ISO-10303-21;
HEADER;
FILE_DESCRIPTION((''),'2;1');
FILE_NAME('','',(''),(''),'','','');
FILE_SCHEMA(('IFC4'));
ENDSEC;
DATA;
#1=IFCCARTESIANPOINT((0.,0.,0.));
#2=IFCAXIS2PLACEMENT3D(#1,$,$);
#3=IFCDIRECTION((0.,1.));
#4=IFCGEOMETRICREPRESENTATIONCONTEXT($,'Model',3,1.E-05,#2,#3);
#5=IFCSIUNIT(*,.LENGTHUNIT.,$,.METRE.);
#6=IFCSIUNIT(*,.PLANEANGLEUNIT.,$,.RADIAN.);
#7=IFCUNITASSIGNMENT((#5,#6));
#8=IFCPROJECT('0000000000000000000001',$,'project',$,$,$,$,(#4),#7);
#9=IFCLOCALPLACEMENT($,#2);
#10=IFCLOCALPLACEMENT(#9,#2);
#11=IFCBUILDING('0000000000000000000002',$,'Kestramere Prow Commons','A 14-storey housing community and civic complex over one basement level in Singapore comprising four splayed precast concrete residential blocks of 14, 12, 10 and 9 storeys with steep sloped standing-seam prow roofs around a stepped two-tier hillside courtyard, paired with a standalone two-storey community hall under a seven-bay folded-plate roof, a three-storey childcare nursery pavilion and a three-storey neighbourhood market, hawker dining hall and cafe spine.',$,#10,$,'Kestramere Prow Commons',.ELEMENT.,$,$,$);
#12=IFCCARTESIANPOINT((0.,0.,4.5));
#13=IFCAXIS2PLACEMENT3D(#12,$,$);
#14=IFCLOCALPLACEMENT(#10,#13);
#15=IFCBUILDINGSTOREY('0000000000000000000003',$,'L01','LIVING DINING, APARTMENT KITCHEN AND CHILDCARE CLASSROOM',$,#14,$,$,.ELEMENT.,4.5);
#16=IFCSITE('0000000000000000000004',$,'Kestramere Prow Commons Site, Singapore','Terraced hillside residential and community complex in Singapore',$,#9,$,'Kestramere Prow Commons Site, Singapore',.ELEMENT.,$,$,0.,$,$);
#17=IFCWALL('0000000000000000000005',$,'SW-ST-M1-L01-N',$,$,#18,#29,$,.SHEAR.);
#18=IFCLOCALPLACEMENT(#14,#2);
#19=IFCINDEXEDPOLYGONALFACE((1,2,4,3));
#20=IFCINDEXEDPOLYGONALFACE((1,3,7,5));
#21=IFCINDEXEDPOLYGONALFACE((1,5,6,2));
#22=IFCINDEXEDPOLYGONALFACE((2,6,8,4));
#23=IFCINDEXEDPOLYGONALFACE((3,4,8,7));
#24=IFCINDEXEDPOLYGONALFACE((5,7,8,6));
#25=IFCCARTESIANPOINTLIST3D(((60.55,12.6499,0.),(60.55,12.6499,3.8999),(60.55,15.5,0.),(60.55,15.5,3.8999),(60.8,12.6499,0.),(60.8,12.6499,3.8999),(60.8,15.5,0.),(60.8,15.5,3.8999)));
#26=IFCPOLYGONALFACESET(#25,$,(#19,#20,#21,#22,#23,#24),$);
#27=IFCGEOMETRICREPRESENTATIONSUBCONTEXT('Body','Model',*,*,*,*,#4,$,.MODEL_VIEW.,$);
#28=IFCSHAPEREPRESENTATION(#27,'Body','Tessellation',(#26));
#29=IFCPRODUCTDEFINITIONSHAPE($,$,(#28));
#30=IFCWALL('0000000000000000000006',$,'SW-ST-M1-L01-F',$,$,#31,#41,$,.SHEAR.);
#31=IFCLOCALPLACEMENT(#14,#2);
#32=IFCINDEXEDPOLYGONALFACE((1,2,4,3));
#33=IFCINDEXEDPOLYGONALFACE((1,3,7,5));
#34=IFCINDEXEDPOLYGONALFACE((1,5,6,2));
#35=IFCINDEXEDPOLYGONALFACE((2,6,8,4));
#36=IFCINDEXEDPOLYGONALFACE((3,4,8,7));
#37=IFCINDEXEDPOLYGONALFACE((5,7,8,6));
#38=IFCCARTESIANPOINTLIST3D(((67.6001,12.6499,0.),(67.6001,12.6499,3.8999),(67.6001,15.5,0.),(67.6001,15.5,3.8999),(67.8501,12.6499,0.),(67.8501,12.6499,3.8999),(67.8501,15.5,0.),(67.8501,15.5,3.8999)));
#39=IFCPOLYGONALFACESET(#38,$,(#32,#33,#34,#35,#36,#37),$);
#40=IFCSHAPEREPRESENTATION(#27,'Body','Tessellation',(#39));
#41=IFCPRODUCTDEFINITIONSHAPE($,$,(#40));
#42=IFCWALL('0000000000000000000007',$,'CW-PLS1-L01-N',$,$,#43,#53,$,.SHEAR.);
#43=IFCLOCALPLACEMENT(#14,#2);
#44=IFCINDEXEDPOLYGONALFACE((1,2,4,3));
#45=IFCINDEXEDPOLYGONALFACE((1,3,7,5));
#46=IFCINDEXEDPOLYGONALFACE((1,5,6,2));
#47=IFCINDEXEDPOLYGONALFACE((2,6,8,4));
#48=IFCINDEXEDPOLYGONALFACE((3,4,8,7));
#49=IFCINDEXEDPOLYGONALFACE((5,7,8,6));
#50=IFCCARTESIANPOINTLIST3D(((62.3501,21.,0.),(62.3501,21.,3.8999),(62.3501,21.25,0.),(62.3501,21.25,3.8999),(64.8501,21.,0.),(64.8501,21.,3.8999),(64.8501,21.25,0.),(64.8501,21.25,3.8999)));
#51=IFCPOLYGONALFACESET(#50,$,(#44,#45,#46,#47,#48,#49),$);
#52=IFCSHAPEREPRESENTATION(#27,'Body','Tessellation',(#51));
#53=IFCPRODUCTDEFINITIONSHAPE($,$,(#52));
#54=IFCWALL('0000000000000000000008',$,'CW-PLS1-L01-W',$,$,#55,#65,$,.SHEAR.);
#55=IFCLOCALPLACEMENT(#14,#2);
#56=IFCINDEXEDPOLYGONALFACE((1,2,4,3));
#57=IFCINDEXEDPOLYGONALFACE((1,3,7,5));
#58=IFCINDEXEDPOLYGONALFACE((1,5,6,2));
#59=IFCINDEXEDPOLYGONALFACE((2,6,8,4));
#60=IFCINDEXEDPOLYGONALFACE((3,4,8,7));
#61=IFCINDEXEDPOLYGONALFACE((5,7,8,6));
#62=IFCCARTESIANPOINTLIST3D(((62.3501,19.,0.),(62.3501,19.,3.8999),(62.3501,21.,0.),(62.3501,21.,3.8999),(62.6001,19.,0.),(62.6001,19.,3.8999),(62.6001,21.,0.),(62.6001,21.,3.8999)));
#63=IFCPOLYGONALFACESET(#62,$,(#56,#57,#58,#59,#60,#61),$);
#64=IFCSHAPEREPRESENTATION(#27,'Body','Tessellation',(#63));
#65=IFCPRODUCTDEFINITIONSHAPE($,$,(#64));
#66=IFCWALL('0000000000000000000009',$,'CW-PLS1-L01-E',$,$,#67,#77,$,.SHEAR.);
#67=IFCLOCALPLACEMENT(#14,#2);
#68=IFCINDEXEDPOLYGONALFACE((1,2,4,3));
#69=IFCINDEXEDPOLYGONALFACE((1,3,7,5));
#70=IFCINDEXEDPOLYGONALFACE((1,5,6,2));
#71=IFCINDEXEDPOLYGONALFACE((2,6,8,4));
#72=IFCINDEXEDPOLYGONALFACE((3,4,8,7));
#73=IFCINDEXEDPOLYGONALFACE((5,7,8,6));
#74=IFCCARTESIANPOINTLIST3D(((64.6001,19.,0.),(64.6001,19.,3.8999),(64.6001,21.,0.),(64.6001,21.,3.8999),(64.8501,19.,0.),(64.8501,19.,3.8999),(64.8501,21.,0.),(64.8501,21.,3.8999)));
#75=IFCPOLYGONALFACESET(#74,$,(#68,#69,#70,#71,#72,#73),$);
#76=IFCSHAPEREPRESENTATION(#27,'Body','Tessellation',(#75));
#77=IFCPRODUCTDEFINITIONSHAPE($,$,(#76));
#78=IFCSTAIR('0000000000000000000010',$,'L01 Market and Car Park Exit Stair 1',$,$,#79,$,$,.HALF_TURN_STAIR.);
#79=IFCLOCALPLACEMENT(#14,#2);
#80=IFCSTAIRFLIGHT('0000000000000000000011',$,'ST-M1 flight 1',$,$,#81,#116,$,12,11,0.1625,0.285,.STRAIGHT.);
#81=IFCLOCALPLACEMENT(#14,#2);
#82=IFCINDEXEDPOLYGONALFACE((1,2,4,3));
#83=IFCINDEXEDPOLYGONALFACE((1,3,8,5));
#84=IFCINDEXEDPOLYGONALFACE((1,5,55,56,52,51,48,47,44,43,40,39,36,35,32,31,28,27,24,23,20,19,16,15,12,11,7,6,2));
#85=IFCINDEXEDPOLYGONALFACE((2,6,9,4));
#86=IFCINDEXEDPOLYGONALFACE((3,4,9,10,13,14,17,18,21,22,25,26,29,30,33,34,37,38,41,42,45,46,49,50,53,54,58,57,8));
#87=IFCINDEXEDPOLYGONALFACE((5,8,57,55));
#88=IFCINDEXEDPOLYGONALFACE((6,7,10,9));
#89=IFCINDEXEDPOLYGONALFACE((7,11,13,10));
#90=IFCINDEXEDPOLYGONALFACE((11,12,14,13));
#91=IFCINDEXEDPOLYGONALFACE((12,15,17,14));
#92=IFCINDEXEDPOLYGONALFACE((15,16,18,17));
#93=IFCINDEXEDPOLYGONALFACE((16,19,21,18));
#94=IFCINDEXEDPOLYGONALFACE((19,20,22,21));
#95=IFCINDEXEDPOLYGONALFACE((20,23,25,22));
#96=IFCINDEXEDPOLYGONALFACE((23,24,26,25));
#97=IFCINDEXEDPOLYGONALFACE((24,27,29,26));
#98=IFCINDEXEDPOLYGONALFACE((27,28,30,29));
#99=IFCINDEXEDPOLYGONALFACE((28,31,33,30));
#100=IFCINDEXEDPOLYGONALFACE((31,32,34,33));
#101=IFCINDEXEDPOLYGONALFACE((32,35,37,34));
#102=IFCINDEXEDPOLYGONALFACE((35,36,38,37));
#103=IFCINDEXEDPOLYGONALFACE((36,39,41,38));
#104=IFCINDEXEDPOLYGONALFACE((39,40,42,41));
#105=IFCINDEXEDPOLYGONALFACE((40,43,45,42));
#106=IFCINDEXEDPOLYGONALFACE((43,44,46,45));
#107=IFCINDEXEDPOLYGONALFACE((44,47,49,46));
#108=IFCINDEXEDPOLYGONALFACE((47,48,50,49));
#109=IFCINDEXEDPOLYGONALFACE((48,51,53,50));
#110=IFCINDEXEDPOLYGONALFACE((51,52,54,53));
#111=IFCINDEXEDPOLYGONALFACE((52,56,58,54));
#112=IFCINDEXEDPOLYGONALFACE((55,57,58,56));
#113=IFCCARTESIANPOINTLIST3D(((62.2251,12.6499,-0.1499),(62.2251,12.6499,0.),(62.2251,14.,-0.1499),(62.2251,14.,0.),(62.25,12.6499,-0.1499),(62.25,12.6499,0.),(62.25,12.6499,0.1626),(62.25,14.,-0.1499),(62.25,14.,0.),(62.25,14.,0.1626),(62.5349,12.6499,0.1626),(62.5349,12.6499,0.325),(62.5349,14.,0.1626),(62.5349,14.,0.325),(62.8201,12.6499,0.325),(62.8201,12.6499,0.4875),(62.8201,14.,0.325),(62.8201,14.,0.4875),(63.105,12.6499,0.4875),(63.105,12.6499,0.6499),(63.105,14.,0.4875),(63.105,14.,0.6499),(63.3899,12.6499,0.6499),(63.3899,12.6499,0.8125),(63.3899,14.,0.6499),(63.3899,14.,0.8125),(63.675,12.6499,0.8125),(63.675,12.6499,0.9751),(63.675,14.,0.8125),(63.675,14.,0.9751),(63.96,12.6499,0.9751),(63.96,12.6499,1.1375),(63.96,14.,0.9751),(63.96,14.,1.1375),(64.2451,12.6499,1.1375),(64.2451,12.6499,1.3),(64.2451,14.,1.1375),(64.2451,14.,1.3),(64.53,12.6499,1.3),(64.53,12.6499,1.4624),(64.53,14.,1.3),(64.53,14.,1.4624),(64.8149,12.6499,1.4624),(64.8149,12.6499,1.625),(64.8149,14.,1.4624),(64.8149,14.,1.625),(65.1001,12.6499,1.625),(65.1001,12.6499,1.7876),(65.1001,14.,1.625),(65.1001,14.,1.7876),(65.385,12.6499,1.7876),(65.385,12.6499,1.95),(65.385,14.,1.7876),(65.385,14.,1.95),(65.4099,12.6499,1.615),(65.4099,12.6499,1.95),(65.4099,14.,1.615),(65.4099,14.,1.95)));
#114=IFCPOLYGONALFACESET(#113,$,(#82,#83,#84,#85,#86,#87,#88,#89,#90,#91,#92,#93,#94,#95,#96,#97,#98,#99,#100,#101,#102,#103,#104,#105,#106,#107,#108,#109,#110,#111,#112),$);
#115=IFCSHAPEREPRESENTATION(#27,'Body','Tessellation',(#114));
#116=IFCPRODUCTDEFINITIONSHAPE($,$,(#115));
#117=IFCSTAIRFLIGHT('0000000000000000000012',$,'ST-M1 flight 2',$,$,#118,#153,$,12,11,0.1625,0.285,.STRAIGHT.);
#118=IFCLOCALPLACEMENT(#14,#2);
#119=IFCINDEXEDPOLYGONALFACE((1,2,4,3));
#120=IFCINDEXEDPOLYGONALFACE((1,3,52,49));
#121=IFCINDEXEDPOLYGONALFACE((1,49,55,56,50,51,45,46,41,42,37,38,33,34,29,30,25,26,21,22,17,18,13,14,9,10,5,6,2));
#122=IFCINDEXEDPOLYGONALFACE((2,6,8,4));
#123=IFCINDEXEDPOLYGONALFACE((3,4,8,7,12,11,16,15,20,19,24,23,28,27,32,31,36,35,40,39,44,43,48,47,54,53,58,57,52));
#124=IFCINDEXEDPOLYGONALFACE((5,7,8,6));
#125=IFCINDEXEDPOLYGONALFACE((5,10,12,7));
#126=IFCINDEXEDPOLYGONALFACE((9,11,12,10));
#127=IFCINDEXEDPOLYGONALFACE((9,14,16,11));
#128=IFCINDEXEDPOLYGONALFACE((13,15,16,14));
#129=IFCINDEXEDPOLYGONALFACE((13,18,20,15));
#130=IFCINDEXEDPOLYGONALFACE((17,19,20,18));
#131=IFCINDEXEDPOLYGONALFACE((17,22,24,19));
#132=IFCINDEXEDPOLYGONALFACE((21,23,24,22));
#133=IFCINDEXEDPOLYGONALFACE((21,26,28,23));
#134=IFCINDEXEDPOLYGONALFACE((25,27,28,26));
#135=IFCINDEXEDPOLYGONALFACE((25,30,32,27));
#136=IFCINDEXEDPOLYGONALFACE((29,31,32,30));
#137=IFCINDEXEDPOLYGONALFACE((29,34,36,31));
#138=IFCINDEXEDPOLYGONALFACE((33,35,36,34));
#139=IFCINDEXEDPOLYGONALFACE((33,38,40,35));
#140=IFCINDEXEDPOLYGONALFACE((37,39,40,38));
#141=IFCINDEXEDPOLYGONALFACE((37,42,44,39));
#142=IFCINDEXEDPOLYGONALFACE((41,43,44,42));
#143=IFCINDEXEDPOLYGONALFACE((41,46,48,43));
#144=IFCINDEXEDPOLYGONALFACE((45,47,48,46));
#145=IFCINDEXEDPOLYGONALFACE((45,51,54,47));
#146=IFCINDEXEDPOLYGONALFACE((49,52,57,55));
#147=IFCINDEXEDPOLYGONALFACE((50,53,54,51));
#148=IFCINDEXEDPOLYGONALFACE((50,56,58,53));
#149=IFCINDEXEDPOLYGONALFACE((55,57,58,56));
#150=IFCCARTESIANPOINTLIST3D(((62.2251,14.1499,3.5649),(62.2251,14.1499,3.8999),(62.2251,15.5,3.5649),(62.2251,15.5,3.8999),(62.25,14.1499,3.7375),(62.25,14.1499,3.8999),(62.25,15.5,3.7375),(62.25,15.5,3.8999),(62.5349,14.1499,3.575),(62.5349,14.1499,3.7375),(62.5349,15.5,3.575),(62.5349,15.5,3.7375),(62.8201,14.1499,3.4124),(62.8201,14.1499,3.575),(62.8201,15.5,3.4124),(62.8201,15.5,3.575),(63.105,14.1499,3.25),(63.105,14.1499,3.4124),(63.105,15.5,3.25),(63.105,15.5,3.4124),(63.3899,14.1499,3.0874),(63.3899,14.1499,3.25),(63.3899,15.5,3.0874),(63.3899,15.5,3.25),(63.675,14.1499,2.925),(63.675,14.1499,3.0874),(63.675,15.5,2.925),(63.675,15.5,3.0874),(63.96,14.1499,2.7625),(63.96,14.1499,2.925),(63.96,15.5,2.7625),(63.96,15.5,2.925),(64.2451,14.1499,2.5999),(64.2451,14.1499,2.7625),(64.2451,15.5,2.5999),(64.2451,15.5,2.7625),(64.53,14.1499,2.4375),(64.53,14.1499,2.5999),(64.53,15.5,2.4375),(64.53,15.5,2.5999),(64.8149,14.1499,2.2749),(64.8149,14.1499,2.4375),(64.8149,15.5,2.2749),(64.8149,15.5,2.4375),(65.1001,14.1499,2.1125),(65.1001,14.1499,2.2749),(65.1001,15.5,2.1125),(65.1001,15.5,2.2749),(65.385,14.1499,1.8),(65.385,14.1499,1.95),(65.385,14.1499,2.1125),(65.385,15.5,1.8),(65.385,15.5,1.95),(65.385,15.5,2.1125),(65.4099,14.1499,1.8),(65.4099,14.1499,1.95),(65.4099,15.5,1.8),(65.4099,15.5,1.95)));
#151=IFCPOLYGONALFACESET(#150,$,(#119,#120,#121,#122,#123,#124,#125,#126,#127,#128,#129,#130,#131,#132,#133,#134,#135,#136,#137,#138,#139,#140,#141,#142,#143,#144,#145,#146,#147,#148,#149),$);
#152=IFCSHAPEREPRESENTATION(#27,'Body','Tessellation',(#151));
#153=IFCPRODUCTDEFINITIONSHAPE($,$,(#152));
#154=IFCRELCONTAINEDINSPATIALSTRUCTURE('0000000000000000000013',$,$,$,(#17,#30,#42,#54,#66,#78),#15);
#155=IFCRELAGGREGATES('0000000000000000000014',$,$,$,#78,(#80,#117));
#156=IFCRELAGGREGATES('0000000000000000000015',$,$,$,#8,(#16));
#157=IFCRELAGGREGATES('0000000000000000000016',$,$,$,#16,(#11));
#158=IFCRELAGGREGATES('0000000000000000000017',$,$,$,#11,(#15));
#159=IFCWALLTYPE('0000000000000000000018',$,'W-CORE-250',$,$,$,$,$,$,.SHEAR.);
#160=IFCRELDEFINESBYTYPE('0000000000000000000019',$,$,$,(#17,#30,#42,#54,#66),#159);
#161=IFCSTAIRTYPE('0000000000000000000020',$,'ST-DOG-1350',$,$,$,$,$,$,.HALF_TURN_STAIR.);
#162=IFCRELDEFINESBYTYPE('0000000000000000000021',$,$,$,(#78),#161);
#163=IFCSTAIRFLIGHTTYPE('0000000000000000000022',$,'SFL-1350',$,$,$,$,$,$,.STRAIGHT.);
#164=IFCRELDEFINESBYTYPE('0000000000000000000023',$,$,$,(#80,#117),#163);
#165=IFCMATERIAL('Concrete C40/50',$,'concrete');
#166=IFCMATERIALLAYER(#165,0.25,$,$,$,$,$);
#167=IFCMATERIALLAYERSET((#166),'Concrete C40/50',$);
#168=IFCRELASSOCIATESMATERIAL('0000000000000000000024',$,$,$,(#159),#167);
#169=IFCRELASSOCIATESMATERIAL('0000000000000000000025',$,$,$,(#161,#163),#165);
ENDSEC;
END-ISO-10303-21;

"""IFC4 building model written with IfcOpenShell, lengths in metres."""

from ifc_helpers import new_model, si_unit, direction, frame, frame_2d, origin, place, context, subcontext, project, spatial, polyline, rectangle, outline, extrude, material, layer, layer_set, type_object, element, aggregate, save


model = new_model("IFC4")

# Units and contexts
model_context = context("Model", 3, precision=1e-05, world=origin(), true_north=direction((0.0, 1.0)))
body_context = subcontext(model_context, "Body", "Model", "MODEL_VIEW")
ifc_project = project(units=[si_unit("LENGTHUNIT", "METRE"), si_unit("PLANEANGLEUNIT", "RADIAN")], contexts=[model_context])

# Site, building, storey
site_placement = place(None, origin())
site = spatial("IfcSite", under=ifc_project, at=site_placement, Name="Kestramere Prow Commons Site, Singapore", Description="Terraced hillside residential and community complex in Singapore", LongName="Kestramere Prow Commons Site, Singapore", CompositionType="ELEMENT", RefElevation=0.0)
building_placement = place(site_placement, origin())
building = spatial("IfcBuilding", under=site, at=building_placement, Name="Kestramere Prow Commons", Description="A 14-storey housing community and civic complex over one basement level in Singapore comprising four splayed precast concrete residential blocks of 14, 12, 10 and 9 storeys with steep sloped standing-seam prow roofs around a stepped two-tier hillside courtyard, paired with a standalone two-storey community hall under a seven-bay folded-plate roof, a three-storey childcare nursery pavilion and a three-storey neighbourhood market, hawker dining hall and cafe spine.", LongName="Kestramere Prow Commons", CompositionType="ELEMENT")
storey_placement = place(building_placement, frame((0.0, 0.0, 4.5)))
storey = spatial("IfcBuildingStorey", under=building, at=storey_placement, Name="L01", Description="LIVING DINING, APARTMENT KITCHEN AND CHILDCARE CLASSROOM", CompositionType="ELEMENT", Elevation=4.5)

# Shared definitions
ifc_material_1 = material(Name="Concrete C40/50", Category="concrete")

# Shared definitions
ifc_layer_1 = layer(ifc_material_1, 0.25)
ifc_layer_set_1 = layer_set([ifc_layer_1], Name="Concrete C40/50")
wall_type_1 = type_object("IfcWallType", Name="W-CORE-250", PredefinedType="SHEAR", material=ifc_layer_set_1)

# Walls
for number, where, z_axis, x_axis, name in (
    (1, (60.675, 12.6499, 0.0), (0.0, 0.0, 1.0), (0.0, 1.0, 0.0), "SW-ST-M1-L01-N"),
    (2, (67.7251, 12.6499, 0.0), (0.0, 0.0, 1.0), (0.0, 1.0, 0.0), "SW-ST-M1-L01-F"),
):
    element("IfcWall", number, at=place(storey_placement, frame(where, z_axis=z_axis, x_axis=x_axis)), inside=storey, type_object=wall_type_1, Name=name, PredefinedType="SHEAR", context=body_context, shape_type="SweptSolid", body=[
        extrude(rectangle(XDim=2.8501, YDim=0.25, at=frame_2d((1.425, 0.0))), origin(), (0.0, 0.0, 1.0), 3.8999),
    ])
wall_1_placement = place(storey_placement, frame((62.3501, 21.125, 0.0), z_axis=(0.0, 0.0, 1.0), x_axis=(1.0, 0.0, 0.0)))
element("IfcWall", 3, at=wall_1_placement, inside=storey, type_object=wall_type_1, Name="CW-PLS1-L01-N", PredefinedType="SHEAR", context=body_context, shape_type="SweptSolid", body=[
    extrude(rectangle(XDim=2.5, YDim=0.25, at=frame_2d((1.25, 0.0))), origin(), (0.0, 0.0, 1.0), 3.8999),
])

# Walls
for number, where, z_axis, x_axis, name in (
    (4, (62.4751, 19.0, 0.0), (0.0, 0.0, 1.0), (0.0, 1.0, 0.0), "CW-PLS1-L01-W"),
    (5, (64.7251, 19.0, 0.0), (0.0, 0.0, 1.0), (0.0, 1.0, 0.0), "CW-PLS1-L01-E"),
):
    element("IfcWall", number, at=place(storey_placement, frame(where, z_axis=z_axis, x_axis=x_axis)), inside=storey, type_object=wall_type_1, Name=name, PredefinedType="SHEAR", context=body_context, shape_type="SweptSolid", body=[
        extrude(rectangle(XDim=2.0, YDim=0.25, at=frame_2d((1.0, 0.0))), origin(), (0.0, 0.0, 1.0), 3.8999),
    ])

# Stair, stair flights
stair_type = type_object("IfcStairType", Name="ST-DOG-1350", PredefinedType="HALF_TURN_STAIR", material=ifc_material_1)
stair_placement = place(storey_placement, origin())
stair = element("IfcStair", 6, at=stair_placement, inside=storey, type_object=stair_type, Name="L01 Market and Car Park Exit Stair 1", PredefinedType="HALF_TURN_STAIR")
stair_flight_type = type_object("IfcStairFlightType", Name="SFL-1350", PredefinedType="STRAIGHT", material=ifc_material_1)
stair_flight_1_placement = place(storey_placement, frame((62.25, 13.325, 0.0), z_axis=(0.0, 0.0, 1.0), x_axis=(1.0, 0.0, 0.0)))
stair_flight_1 = element("IfcStairFlight", 7, at=stair_flight_1_placement, type_object=stair_flight_type, Name="ST-M1 flight 1", NumberOfRisers=12, NumberOfTreads=11, PredefinedType="STRAIGHT", RiserHeight=0.1625, TreadLength=0.285, context=body_context, shape_type="SweptSolid", body=[
    extrude(outline(polyline([(-0.0249, 0.0), (0.0, 0.0), (0.0, 0.1626), (0.2849, 0.1626), (0.2849, 0.325), (0.5701, 0.325), (0.5701, 0.4875), (0.855, 0.4875), (0.855, 0.6499), (1.1399, 0.6499), (1.1399, 0.8125), (1.425, 0.8125), (1.425, 0.9751), (1.71, 0.9751), (1.71, 1.1375), (1.9951, 1.1375), (1.9951, 1.3), (2.28, 1.3), (2.28, 1.4624), (2.5649, 1.4624), (2.5649, 1.625), (2.8501, 1.625), (2.8501, 1.7876), (3.135, 1.7876), (3.135, 1.95), (3.1599, 1.95), (3.1599, 1.615), (0.0, -0.1499), (-0.0249, -0.1499), (-0.0249, 0.0)])), frame((0.0, 0.675, 0.0), z_axis=(0.0, -1.0, 0.0), x_axis=(1.0, 0.0, 0.0)), (0.0, 0.0, 1.0), 1.3501),
])
stair_flight_2_placement = place(storey_placement, frame((65.385, 14.825, 1.95), z_axis=(0.0, 0.0, 1.0), x_axis=(-1.0, 0.0, 0.0)))
stair_flight_2 = element("IfcStairFlight", 8, at=stair_flight_2_placement, type_object=stair_flight_type, Name="ST-M1 flight 2", NumberOfRisers=12, NumberOfTreads=11, PredefinedType="STRAIGHT", RiserHeight=0.1625, TreadLength=0.285, context=body_context, shape_type="SweptSolid", body=[
    extrude(outline(polyline([(-0.0249, 0.0), (0.0, 0.0), (0.0, 0.1626), (0.2849, 0.1626), (0.2849, 0.325), (0.5701, 0.325), (0.5701, 0.4875), (0.855, 0.4875), (0.855, 0.6499), (1.1399, 0.6499), (1.1399, 0.8125), (1.425, 0.8125), (1.425, 0.9751), (1.71, 0.9751), (1.71, 1.1375), (1.9951, 1.1375), (1.9951, 1.3), (2.28, 1.3), (2.28, 1.4624), (2.5649, 1.4624), (2.5649, 1.625), (2.8501, 1.625), (2.8501, 1.7876), (3.135, 1.7876), (3.135, 1.95), (3.1599, 1.95), (3.1599, 1.615), (0.0, -0.1499), (-0.0249, -0.1499), (-0.0249, 0.0)])), frame((0.0, 0.675, 0.0), z_axis=(0.0, -1.0, 0.0), x_axis=(1.0, 0.0, 0.0)), (0.0, 0.0, 1.0), 1.3501),
])
aggregate(stair, [stair_flight_1, stair_flight_2])

save(model, "model.ifc")
